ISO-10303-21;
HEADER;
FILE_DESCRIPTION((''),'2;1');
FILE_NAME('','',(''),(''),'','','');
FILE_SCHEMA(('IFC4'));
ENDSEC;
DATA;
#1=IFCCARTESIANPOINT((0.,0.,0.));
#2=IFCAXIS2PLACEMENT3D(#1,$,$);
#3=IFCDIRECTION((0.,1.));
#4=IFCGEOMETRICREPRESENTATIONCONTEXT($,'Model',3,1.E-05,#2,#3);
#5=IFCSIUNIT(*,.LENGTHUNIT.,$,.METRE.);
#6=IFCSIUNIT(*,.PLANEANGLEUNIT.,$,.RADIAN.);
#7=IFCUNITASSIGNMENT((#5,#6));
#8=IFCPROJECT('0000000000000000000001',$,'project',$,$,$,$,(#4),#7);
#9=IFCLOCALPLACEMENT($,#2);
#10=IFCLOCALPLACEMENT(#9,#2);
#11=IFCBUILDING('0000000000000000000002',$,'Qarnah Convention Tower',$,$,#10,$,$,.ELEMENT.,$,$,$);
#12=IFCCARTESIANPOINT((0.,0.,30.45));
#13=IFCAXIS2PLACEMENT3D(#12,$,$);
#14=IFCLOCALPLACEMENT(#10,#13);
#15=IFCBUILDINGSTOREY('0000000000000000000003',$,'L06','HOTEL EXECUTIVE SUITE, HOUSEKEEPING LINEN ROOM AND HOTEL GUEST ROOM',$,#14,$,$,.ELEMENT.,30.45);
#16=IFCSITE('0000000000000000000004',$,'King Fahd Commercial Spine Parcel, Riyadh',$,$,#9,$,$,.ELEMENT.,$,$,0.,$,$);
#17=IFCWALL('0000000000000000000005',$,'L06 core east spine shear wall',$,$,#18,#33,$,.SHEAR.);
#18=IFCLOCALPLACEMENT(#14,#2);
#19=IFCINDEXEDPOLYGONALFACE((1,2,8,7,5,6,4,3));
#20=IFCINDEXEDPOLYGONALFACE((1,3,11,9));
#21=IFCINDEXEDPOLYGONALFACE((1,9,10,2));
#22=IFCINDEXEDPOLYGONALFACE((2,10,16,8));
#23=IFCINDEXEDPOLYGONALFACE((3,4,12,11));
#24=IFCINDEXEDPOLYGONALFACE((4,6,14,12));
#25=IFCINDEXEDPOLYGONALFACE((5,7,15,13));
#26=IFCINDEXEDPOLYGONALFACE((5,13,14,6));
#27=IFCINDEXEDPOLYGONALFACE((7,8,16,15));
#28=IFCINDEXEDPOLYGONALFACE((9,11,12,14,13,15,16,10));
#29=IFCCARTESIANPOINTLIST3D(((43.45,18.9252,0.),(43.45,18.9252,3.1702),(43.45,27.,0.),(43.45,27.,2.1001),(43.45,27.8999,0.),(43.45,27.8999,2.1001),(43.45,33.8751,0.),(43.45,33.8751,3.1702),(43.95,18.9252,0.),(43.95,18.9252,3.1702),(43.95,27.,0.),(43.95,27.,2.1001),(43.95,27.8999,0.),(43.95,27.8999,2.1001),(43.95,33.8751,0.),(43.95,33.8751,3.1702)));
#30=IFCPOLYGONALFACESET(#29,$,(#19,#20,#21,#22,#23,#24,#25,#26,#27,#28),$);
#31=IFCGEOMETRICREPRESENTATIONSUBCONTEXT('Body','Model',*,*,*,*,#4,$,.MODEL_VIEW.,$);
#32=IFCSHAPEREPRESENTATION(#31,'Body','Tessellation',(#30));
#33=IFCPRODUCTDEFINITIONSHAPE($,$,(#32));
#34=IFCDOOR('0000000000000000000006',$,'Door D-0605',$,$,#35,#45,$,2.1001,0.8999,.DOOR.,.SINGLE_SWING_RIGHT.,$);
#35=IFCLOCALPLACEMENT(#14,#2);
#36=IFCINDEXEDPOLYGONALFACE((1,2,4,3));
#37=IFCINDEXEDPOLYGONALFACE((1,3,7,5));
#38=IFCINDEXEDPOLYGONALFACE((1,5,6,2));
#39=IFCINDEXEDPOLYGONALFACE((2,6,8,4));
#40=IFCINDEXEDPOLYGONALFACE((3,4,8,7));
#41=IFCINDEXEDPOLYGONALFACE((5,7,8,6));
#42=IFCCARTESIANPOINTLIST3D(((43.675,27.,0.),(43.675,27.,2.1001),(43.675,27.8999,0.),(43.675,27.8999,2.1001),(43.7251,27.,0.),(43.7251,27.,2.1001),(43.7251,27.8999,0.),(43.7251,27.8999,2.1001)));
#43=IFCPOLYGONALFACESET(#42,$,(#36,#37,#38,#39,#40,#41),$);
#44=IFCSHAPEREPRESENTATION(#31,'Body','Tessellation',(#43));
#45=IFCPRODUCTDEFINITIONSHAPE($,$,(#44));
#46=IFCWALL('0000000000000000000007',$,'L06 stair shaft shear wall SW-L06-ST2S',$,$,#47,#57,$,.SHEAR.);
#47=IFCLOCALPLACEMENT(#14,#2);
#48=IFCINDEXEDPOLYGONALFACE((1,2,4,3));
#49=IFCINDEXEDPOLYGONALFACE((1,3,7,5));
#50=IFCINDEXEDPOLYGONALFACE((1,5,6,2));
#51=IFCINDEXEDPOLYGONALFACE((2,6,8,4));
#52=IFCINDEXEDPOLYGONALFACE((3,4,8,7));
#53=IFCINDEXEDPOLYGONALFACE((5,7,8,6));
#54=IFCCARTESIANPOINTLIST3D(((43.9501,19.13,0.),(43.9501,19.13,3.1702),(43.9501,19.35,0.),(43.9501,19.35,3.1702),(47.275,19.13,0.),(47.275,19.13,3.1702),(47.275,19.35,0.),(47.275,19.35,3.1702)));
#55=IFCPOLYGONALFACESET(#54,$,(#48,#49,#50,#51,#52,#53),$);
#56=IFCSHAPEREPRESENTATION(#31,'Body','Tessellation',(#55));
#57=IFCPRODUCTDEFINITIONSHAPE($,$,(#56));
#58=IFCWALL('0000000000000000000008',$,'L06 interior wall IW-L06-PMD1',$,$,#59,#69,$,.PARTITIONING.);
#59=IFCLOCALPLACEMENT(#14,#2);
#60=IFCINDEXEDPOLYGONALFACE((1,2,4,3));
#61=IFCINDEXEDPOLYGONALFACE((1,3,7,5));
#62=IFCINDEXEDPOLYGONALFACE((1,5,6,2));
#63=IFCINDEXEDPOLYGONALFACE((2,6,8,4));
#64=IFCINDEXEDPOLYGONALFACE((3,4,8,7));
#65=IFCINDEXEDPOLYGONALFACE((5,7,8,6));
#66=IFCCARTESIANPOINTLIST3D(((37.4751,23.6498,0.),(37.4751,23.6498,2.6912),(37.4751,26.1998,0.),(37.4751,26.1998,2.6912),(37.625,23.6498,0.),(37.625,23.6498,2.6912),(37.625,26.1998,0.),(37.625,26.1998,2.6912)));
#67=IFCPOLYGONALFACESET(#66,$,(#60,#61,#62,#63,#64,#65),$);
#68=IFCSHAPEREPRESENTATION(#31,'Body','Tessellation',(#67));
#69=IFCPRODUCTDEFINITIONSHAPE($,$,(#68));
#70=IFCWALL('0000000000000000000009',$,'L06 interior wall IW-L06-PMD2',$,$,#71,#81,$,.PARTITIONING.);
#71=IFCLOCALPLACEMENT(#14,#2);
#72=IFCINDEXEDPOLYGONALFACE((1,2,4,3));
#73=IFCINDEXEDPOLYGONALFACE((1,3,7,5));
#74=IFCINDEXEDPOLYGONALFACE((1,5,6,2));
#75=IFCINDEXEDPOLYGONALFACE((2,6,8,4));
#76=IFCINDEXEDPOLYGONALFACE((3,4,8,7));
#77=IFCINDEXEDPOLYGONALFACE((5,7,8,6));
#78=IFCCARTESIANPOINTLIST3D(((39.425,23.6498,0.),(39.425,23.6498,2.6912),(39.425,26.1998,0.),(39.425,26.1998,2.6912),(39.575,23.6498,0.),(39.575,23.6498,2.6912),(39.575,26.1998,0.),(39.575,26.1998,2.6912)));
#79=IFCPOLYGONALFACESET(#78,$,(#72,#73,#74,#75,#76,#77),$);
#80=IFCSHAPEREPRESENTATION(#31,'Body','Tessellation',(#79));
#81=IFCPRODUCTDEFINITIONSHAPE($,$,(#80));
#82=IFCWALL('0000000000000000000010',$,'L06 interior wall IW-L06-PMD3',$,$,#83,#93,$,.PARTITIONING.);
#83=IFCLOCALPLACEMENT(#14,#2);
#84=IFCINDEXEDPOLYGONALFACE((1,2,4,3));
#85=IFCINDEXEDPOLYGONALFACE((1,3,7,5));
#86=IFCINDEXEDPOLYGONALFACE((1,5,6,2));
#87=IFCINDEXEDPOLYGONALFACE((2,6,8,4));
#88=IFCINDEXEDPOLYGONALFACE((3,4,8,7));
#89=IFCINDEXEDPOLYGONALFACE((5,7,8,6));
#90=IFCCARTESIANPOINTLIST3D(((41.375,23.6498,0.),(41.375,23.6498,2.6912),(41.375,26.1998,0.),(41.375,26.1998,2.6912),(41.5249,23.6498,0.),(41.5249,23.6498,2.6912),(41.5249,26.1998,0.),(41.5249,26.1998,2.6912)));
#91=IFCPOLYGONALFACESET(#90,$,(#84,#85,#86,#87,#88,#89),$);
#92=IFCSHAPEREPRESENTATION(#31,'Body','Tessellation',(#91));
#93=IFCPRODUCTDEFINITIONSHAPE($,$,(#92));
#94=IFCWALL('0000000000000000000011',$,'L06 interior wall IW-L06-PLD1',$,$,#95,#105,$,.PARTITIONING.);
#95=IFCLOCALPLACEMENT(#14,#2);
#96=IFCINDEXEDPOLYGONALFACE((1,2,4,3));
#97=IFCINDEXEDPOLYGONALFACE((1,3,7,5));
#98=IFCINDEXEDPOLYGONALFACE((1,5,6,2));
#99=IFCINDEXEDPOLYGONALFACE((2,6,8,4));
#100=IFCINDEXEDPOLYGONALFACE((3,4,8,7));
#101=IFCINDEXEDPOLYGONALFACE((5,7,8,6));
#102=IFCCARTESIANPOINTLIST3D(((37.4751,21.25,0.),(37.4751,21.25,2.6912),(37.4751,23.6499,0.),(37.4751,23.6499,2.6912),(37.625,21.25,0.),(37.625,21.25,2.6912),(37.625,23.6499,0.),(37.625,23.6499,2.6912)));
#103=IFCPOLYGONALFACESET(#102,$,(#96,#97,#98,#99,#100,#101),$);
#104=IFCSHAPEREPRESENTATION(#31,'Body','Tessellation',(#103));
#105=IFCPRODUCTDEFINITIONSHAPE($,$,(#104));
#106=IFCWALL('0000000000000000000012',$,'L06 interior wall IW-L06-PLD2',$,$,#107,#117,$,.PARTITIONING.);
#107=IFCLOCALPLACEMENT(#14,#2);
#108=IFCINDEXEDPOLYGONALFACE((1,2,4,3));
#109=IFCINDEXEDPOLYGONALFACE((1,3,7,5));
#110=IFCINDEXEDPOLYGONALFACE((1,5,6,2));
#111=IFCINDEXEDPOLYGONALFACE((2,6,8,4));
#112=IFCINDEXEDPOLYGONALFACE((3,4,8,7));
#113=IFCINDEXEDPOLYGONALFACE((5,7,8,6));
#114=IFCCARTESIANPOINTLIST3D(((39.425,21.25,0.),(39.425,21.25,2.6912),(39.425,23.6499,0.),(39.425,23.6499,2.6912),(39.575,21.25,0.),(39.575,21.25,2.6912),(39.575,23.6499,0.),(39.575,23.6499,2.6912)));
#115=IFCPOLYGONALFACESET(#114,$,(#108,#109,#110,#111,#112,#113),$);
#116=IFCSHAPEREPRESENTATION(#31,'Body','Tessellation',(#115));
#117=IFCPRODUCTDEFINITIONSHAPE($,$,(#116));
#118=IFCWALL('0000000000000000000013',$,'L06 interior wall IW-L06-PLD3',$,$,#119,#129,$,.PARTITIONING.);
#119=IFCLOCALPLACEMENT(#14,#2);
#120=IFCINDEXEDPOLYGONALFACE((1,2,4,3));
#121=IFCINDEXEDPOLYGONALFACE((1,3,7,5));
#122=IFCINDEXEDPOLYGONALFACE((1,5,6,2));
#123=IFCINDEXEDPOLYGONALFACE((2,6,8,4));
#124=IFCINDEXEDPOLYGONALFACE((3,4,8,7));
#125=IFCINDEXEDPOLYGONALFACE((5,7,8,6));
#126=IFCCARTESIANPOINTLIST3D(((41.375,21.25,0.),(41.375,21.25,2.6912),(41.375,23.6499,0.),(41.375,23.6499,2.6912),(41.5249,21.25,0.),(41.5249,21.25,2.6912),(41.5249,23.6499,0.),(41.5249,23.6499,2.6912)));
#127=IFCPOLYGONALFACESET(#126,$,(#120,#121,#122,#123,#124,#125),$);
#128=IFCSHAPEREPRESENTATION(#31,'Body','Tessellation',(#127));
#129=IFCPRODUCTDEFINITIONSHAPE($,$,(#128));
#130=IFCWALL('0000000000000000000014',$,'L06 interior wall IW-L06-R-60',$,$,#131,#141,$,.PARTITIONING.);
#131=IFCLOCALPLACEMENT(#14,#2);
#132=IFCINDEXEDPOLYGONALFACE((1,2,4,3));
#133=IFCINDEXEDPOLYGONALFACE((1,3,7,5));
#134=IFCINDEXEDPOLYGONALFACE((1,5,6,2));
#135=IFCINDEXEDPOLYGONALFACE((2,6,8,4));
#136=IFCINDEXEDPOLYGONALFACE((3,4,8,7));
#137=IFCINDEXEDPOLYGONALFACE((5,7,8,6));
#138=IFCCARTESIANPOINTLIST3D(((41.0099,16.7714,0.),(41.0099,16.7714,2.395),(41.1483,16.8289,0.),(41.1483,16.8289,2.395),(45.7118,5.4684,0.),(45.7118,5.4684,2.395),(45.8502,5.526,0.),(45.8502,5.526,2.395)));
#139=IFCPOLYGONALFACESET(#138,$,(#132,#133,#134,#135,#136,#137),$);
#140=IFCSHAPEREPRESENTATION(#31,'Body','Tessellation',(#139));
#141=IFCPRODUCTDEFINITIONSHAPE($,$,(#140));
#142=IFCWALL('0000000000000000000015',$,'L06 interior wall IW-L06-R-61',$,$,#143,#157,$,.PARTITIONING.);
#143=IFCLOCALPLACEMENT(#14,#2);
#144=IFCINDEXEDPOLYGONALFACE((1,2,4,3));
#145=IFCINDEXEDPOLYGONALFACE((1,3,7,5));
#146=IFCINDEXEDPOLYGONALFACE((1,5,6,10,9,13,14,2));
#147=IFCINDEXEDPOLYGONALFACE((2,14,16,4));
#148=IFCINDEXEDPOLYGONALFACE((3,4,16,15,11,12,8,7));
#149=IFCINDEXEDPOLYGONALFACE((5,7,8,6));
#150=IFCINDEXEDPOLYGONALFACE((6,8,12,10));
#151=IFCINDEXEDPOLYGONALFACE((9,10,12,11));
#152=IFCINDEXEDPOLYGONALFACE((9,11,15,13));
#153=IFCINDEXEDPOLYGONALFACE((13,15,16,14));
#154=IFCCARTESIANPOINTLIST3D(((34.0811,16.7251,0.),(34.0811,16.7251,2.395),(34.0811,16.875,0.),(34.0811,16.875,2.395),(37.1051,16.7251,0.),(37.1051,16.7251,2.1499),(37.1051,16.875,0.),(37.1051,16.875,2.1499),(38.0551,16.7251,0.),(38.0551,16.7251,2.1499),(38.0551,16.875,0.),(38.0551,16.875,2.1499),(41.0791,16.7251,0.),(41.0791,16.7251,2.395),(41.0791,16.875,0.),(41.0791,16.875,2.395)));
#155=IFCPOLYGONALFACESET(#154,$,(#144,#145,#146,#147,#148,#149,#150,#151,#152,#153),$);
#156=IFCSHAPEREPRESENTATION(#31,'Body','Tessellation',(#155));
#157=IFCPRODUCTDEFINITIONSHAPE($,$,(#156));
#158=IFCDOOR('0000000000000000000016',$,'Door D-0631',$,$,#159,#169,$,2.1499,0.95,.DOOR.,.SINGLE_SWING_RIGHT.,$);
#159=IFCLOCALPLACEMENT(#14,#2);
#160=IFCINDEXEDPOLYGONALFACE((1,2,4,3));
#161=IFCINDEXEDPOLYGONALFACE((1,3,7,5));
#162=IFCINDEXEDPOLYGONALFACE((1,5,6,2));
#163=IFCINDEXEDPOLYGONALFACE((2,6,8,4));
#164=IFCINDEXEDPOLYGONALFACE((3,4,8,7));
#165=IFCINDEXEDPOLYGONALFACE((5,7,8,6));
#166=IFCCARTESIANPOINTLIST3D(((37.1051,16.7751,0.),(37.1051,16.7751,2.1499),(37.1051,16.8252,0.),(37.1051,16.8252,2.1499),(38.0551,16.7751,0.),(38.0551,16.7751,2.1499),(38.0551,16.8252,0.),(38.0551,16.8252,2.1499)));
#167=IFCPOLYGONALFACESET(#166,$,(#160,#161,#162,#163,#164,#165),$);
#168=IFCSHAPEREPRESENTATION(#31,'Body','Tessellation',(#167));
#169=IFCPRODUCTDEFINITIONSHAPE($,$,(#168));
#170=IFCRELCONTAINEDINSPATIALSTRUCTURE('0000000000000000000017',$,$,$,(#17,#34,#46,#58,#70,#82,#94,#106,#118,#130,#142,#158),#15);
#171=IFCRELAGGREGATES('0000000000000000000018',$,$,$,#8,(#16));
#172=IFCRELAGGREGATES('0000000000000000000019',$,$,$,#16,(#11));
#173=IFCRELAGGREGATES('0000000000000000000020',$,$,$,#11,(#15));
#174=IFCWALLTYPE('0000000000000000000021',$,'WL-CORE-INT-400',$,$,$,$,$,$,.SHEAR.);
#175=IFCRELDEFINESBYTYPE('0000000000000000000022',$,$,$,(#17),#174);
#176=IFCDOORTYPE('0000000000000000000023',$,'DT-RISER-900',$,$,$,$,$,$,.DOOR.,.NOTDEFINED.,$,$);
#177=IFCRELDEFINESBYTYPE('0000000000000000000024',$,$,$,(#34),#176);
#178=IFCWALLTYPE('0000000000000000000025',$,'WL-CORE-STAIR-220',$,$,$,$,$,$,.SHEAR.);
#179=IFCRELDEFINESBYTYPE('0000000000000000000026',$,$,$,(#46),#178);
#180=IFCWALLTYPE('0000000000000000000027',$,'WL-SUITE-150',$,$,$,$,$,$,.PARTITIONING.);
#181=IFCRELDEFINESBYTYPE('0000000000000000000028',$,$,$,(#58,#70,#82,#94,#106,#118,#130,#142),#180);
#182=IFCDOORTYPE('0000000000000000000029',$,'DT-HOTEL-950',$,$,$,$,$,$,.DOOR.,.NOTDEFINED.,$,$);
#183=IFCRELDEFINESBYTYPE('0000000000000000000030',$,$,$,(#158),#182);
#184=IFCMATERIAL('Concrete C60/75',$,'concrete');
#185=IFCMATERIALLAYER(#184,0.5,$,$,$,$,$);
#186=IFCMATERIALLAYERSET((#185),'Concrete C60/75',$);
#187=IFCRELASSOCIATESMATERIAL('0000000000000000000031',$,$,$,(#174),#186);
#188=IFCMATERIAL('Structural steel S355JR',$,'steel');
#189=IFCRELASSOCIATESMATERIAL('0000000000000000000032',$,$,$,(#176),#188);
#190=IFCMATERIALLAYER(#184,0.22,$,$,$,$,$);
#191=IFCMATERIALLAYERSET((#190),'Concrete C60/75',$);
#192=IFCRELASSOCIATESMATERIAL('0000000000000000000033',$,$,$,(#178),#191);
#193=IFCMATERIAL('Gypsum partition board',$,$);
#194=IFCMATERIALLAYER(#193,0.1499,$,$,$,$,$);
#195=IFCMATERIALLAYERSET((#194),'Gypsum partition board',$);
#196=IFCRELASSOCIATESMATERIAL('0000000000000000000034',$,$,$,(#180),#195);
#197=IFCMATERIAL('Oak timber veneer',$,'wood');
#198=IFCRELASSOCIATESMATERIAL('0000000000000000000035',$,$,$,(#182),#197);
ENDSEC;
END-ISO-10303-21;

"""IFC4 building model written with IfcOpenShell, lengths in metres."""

from ifc_helpers import new_model, si_unit, direction, frame, frame_2d, origin, place, context, subcontext, project, spatial, rectangle, extrude, material, layer, layer_set, type_object, element, fill, save


model = new_model("IFC4")

# Units and contexts
model_context = context("Model", 3, precision=1e-05, world=origin(), true_north=direction((0.0, 1.0)))
body_context = subcontext(model_context, "Body", "Model", "MODEL_VIEW")
ifc_project = project(units=[si_unit("LENGTHUNIT", "METRE"), si_unit("PLANEANGLEUNIT", "RADIAN")], contexts=[model_context])

# Site, building, storey
site_placement = place(None, origin())
site = spatial("IfcSite", under=ifc_project, at=site_placement, Name="King Fahd Commercial Spine Parcel, Riyadh", CompositionType="ELEMENT", RefElevation=0.0)
building_placement = place(site_placement, origin())
building = spatial("IfcBuilding", under=site, at=building_placement, Name="Qarnah Convention Tower", CompositionType="ELEMENT")
storey_placement = place(building_placement, frame((0.0, 0.0, 30.45)))
storey = spatial("IfcBuildingStorey", under=building, at=storey_placement, Name="L06", Description="HOTEL EXECUTIVE SUITE, HOUSEKEEPING LINEN ROOM AND HOTEL GUEST ROOM", CompositionType="ELEMENT", Elevation=30.45)

# Shared definitions
ifc_material_1 = material(Name="Concrete C60/75", Category="concrete")

# Shared definitions
ifc_material_2 = material(Name="Structural steel S355JR", Category="steel")

# Wall, opening, door
ifc_layer_1 = layer(ifc_material_1, 0.5)
ifc_layer_set_1 = layer_set([ifc_layer_1], Name="Concrete C60/75")
wall_type_1 = type_object("IfcWallType", Name="WL-CORE-INT-400", PredefinedType="SHEAR", material=ifc_layer_set_1)
wall_1_placement = place(storey_placement, frame((43.7, 18.925, 0.0), z_axis=(0.0, 0.0, 1.0), x_axis=(0.0, 1.0, 0.0)))
wall_1 = element("IfcWall", 1, at=wall_1_placement, inside=storey, type_object=wall_type_1, Name="L06 core east spine shear wall", PredefinedType="SHEAR", context=body_context, shape_type="SweptSolid", body=[
    extrude(rectangle(XDim=14.95, YDim=0.5, at=frame_2d((7.4751, 0.0))), origin(), (0.0, 0.0, 1.0), 3.1702),
])
opening_1_placement = place(wall_1_placement, frame((8.075, 0.0, 0.0)))
opening_1 = element("IfcOpeningElement", 2, at=opening_1_placement, cuts=wall_1, PredefinedType="OPENING", context=body_context, shape_type="SweptSolid", body=[
    extrude(rectangle(XDim=0.8999, YDim=2.1001, at=frame_2d((0.45, 1.05))), frame((0.0, 0.26, 0.0), z_axis=(0.0, -1.0, 0.0), x_axis=(1.0, 0.0, 0.0)), (0.0, 0.0, 1.0), 0.52),
])
door_type_1 = type_object("IfcDoorType", Name="DT-RISER-900", OperationType="NOTDEFINED", PredefinedType="DOOR", material=ifc_material_2)
door_1_placement = place(opening_1_placement, origin())
door_1 = element("IfcDoor", 3, at=door_1_placement, inside=storey, type_object=door_type_1, Name="Door D-0605", OperationType="SINGLE_SWING_RIGHT", OverallHeight=2.1001, OverallWidth=0.8999, PredefinedType="DOOR", context=body_context, shape_type="SweptSolid", body=[
    extrude(rectangle(XDim=0.8999, YDim=2.1001, at=frame_2d((0.45, 1.05))), frame((0.0, 0.0249, 0.0), z_axis=(0.0, -1.0, 0.0), x_axis=(1.0, 0.0, 0.0)), (0.0, 0.0, 1.0), 0.05),
])
fill(opening_1, door_1)

# Walls
ifc_layer_2 = layer(ifc_material_1, 0.22)
ifc_layer_set_2 = layer_set([ifc_layer_2], Name="Concrete C60/75")
wall_type_2 = type_object("IfcWallType", Name="WL-CORE-STAIR-220", PredefinedType="SHEAR", material=ifc_layer_set_2)
wall_2_placement = place(storey_placement, frame((43.95, 19.24, 0.0), z_axis=(0.0, 0.0, 1.0), x_axis=(1.0, 0.0, 0.0)))
element("IfcWall", 4, at=wall_2_placement, inside=storey, type_object=wall_type_2, Name="L06 stair shaft shear wall SW-L06-ST2S", PredefinedType="SHEAR", context=body_context, shape_type="SweptSolid", body=[
    extrude(rectangle(XDim=3.325, YDim=0.22, at=frame_2d((1.6626, 0.0))), origin(), (0.0, 0.0, 1.0), 3.1702),
])
ifc_material_3 = material(Name="Gypsum partition board")
ifc_layer_3 = layer(ifc_material_3, 0.1499)
ifc_layer_set_3 = layer_set([ifc_layer_3], Name="Gypsum partition board")
wall_type_3 = type_object("IfcWallType", Name="WL-SUITE-150", PredefinedType="PARTITIONING", material=ifc_layer_set_3)
for number, where, z_axis, x_axis, name in (
    (5, (37.55, 23.6499, 0.0), (0.0, 0.0, 1.0), (0.0, 1.0, 0.0), "L06 interior wall IW-L06-PMD1"),
    (6, (39.5, 23.6499, 0.0), (0.0, 0.0, 1.0), (0.0, 1.0, 0.0), "L06 interior wall IW-L06-PMD2"),
    (7, (41.45, 23.6499, 0.0), (0.0, 0.0, 1.0), (0.0, 1.0, 0.0), "L06 interior wall IW-L06-PMD3"),
):
    element("IfcWall", number, at=place(storey_placement, frame(where, z_axis=z_axis, x_axis=x_axis)), inside=storey, type_object=wall_type_3, Name=name, PredefinedType="PARTITIONING", context=body_context, shape_type="SweptSolid", body=[
        extrude(rectangle(XDim=2.55, YDim=0.1499, at=frame_2d((1.2749, 0.0))), origin(), (0.0, 0.0, 1.0), 2.6912),
    ])
for number, where, z_axis, x_axis, name in (
    (8, (37.55, 21.25, 0.0), (0.0, 0.0, 1.0), (0.0, 1.0, 0.0), "L06 interior wall IW-L06-PLD1"),
    (9, (39.5, 21.25, 0.0), (0.0, 0.0, 1.0), (0.0, 1.0, 0.0), "L06 interior wall IW-L06-PLD2"),
    (10, (41.45, 21.25, 0.0), (0.0, 0.0, 1.0), (0.0, 1.0, 0.0), "L06 interior wall IW-L06-PLD3"),
):
    element("IfcWall", number, at=place(storey_placement, frame(where, z_axis=z_axis, x_axis=x_axis)), inside=storey, type_object=wall_type_3, Name=name, PredefinedType="PARTITIONING", context=body_context, shape_type="SweptSolid", body=[
        extrude(rectangle(XDim=2.3999, YDim=0.1499, at=frame_2d((1.2, 0.0))), origin(), (0.0, 0.0, 1.0), 2.6912),
    ])
wall_3_placement = place(storey_placement, frame((45.781, 5.4971, 0.0), z_axis=(0.0, 0.0, 1.0), x_axis=(-0.384081, 0.923299, 0.0)))
element("IfcWall", 11, at=wall_3_placement, inside=storey, type_object=wall_type_3, Name="L06 interior wall IW-L06-R-60", PredefinedType="PARTITIONING", context=body_context, shape_type="SweptSolid", body=[
    extrude(rectangle(XDim=12.2419, YDim=0.1499, at=frame_2d((6.1211, 0.0))), origin(), (0.0, 0.0, 1.0), 2.395),
])

# Wall, opening, door
wall_4_placement = place(storey_placement, frame((41.0791, 16.8, 0.0), z_axis=(0.0, 0.0, 1.0), x_axis=(-1.0, 0.0, 0.0)))
wall_4 = element("IfcWall", 12, at=wall_4_placement, inside=storey, type_object=wall_type_3, Name="L06 interior wall IW-L06-R-61", PredefinedType="PARTITIONING", context=body_context, shape_type="SweptSolid", body=[
    extrude(rectangle(XDim=6.998, YDim=0.1499, at=frame_2d((3.499, 0.0))), origin(), (0.0, 0.0, 1.0), 2.395),
])
opening_2_placement = place(wall_4_placement, frame((3.0239, 0.0, 0.0)))
opening_2 = element("IfcOpeningElement", 13, at=opening_2_placement, cuts=wall_4, PredefinedType="OPENING", context=body_context, shape_type="SweptSolid", body=[
    extrude(rectangle(XDim=0.95, YDim=2.1499, at=frame_2d((0.4751, 1.075))), frame((0.0, 0.085, 0.0), z_axis=(0.0, -1.0, 0.0), x_axis=(1.0, 0.0, 0.0)), (0.0, 0.0, 1.0), 0.1699),
])
ifc_material_4 = material(Name="Oak timber veneer", Category="wood")
door_type_2 = type_object("IfcDoorType", Name="DT-HOTEL-950", OperationType="NOTDEFINED", PredefinedType="DOOR", material=ifc_material_4)
door_2_placement = place(opening_2_placement, origin())
door_2 = element("IfcDoor", 14, at=door_2_placement, inside=storey, type_object=door_type_2, Name="Door D-0631", OperationType="SINGLE_SWING_RIGHT", OverallHeight=2.1499, OverallWidth=0.95, PredefinedType="DOOR", context=body_context, shape_type="SweptSolid", body=[
    extrude(rectangle(XDim=0.95, YDim=2.1499, at=frame_2d((0.4751, 1.075))), frame((0.0, 0.0249, 0.0), z_axis=(0.0, -1.0, 0.0), x_axis=(1.0, 0.0, 0.0)), (0.0, 0.0, 1.0), 0.05),
])
fill(opening_2, door_2)

save(model, "model.ifc")
